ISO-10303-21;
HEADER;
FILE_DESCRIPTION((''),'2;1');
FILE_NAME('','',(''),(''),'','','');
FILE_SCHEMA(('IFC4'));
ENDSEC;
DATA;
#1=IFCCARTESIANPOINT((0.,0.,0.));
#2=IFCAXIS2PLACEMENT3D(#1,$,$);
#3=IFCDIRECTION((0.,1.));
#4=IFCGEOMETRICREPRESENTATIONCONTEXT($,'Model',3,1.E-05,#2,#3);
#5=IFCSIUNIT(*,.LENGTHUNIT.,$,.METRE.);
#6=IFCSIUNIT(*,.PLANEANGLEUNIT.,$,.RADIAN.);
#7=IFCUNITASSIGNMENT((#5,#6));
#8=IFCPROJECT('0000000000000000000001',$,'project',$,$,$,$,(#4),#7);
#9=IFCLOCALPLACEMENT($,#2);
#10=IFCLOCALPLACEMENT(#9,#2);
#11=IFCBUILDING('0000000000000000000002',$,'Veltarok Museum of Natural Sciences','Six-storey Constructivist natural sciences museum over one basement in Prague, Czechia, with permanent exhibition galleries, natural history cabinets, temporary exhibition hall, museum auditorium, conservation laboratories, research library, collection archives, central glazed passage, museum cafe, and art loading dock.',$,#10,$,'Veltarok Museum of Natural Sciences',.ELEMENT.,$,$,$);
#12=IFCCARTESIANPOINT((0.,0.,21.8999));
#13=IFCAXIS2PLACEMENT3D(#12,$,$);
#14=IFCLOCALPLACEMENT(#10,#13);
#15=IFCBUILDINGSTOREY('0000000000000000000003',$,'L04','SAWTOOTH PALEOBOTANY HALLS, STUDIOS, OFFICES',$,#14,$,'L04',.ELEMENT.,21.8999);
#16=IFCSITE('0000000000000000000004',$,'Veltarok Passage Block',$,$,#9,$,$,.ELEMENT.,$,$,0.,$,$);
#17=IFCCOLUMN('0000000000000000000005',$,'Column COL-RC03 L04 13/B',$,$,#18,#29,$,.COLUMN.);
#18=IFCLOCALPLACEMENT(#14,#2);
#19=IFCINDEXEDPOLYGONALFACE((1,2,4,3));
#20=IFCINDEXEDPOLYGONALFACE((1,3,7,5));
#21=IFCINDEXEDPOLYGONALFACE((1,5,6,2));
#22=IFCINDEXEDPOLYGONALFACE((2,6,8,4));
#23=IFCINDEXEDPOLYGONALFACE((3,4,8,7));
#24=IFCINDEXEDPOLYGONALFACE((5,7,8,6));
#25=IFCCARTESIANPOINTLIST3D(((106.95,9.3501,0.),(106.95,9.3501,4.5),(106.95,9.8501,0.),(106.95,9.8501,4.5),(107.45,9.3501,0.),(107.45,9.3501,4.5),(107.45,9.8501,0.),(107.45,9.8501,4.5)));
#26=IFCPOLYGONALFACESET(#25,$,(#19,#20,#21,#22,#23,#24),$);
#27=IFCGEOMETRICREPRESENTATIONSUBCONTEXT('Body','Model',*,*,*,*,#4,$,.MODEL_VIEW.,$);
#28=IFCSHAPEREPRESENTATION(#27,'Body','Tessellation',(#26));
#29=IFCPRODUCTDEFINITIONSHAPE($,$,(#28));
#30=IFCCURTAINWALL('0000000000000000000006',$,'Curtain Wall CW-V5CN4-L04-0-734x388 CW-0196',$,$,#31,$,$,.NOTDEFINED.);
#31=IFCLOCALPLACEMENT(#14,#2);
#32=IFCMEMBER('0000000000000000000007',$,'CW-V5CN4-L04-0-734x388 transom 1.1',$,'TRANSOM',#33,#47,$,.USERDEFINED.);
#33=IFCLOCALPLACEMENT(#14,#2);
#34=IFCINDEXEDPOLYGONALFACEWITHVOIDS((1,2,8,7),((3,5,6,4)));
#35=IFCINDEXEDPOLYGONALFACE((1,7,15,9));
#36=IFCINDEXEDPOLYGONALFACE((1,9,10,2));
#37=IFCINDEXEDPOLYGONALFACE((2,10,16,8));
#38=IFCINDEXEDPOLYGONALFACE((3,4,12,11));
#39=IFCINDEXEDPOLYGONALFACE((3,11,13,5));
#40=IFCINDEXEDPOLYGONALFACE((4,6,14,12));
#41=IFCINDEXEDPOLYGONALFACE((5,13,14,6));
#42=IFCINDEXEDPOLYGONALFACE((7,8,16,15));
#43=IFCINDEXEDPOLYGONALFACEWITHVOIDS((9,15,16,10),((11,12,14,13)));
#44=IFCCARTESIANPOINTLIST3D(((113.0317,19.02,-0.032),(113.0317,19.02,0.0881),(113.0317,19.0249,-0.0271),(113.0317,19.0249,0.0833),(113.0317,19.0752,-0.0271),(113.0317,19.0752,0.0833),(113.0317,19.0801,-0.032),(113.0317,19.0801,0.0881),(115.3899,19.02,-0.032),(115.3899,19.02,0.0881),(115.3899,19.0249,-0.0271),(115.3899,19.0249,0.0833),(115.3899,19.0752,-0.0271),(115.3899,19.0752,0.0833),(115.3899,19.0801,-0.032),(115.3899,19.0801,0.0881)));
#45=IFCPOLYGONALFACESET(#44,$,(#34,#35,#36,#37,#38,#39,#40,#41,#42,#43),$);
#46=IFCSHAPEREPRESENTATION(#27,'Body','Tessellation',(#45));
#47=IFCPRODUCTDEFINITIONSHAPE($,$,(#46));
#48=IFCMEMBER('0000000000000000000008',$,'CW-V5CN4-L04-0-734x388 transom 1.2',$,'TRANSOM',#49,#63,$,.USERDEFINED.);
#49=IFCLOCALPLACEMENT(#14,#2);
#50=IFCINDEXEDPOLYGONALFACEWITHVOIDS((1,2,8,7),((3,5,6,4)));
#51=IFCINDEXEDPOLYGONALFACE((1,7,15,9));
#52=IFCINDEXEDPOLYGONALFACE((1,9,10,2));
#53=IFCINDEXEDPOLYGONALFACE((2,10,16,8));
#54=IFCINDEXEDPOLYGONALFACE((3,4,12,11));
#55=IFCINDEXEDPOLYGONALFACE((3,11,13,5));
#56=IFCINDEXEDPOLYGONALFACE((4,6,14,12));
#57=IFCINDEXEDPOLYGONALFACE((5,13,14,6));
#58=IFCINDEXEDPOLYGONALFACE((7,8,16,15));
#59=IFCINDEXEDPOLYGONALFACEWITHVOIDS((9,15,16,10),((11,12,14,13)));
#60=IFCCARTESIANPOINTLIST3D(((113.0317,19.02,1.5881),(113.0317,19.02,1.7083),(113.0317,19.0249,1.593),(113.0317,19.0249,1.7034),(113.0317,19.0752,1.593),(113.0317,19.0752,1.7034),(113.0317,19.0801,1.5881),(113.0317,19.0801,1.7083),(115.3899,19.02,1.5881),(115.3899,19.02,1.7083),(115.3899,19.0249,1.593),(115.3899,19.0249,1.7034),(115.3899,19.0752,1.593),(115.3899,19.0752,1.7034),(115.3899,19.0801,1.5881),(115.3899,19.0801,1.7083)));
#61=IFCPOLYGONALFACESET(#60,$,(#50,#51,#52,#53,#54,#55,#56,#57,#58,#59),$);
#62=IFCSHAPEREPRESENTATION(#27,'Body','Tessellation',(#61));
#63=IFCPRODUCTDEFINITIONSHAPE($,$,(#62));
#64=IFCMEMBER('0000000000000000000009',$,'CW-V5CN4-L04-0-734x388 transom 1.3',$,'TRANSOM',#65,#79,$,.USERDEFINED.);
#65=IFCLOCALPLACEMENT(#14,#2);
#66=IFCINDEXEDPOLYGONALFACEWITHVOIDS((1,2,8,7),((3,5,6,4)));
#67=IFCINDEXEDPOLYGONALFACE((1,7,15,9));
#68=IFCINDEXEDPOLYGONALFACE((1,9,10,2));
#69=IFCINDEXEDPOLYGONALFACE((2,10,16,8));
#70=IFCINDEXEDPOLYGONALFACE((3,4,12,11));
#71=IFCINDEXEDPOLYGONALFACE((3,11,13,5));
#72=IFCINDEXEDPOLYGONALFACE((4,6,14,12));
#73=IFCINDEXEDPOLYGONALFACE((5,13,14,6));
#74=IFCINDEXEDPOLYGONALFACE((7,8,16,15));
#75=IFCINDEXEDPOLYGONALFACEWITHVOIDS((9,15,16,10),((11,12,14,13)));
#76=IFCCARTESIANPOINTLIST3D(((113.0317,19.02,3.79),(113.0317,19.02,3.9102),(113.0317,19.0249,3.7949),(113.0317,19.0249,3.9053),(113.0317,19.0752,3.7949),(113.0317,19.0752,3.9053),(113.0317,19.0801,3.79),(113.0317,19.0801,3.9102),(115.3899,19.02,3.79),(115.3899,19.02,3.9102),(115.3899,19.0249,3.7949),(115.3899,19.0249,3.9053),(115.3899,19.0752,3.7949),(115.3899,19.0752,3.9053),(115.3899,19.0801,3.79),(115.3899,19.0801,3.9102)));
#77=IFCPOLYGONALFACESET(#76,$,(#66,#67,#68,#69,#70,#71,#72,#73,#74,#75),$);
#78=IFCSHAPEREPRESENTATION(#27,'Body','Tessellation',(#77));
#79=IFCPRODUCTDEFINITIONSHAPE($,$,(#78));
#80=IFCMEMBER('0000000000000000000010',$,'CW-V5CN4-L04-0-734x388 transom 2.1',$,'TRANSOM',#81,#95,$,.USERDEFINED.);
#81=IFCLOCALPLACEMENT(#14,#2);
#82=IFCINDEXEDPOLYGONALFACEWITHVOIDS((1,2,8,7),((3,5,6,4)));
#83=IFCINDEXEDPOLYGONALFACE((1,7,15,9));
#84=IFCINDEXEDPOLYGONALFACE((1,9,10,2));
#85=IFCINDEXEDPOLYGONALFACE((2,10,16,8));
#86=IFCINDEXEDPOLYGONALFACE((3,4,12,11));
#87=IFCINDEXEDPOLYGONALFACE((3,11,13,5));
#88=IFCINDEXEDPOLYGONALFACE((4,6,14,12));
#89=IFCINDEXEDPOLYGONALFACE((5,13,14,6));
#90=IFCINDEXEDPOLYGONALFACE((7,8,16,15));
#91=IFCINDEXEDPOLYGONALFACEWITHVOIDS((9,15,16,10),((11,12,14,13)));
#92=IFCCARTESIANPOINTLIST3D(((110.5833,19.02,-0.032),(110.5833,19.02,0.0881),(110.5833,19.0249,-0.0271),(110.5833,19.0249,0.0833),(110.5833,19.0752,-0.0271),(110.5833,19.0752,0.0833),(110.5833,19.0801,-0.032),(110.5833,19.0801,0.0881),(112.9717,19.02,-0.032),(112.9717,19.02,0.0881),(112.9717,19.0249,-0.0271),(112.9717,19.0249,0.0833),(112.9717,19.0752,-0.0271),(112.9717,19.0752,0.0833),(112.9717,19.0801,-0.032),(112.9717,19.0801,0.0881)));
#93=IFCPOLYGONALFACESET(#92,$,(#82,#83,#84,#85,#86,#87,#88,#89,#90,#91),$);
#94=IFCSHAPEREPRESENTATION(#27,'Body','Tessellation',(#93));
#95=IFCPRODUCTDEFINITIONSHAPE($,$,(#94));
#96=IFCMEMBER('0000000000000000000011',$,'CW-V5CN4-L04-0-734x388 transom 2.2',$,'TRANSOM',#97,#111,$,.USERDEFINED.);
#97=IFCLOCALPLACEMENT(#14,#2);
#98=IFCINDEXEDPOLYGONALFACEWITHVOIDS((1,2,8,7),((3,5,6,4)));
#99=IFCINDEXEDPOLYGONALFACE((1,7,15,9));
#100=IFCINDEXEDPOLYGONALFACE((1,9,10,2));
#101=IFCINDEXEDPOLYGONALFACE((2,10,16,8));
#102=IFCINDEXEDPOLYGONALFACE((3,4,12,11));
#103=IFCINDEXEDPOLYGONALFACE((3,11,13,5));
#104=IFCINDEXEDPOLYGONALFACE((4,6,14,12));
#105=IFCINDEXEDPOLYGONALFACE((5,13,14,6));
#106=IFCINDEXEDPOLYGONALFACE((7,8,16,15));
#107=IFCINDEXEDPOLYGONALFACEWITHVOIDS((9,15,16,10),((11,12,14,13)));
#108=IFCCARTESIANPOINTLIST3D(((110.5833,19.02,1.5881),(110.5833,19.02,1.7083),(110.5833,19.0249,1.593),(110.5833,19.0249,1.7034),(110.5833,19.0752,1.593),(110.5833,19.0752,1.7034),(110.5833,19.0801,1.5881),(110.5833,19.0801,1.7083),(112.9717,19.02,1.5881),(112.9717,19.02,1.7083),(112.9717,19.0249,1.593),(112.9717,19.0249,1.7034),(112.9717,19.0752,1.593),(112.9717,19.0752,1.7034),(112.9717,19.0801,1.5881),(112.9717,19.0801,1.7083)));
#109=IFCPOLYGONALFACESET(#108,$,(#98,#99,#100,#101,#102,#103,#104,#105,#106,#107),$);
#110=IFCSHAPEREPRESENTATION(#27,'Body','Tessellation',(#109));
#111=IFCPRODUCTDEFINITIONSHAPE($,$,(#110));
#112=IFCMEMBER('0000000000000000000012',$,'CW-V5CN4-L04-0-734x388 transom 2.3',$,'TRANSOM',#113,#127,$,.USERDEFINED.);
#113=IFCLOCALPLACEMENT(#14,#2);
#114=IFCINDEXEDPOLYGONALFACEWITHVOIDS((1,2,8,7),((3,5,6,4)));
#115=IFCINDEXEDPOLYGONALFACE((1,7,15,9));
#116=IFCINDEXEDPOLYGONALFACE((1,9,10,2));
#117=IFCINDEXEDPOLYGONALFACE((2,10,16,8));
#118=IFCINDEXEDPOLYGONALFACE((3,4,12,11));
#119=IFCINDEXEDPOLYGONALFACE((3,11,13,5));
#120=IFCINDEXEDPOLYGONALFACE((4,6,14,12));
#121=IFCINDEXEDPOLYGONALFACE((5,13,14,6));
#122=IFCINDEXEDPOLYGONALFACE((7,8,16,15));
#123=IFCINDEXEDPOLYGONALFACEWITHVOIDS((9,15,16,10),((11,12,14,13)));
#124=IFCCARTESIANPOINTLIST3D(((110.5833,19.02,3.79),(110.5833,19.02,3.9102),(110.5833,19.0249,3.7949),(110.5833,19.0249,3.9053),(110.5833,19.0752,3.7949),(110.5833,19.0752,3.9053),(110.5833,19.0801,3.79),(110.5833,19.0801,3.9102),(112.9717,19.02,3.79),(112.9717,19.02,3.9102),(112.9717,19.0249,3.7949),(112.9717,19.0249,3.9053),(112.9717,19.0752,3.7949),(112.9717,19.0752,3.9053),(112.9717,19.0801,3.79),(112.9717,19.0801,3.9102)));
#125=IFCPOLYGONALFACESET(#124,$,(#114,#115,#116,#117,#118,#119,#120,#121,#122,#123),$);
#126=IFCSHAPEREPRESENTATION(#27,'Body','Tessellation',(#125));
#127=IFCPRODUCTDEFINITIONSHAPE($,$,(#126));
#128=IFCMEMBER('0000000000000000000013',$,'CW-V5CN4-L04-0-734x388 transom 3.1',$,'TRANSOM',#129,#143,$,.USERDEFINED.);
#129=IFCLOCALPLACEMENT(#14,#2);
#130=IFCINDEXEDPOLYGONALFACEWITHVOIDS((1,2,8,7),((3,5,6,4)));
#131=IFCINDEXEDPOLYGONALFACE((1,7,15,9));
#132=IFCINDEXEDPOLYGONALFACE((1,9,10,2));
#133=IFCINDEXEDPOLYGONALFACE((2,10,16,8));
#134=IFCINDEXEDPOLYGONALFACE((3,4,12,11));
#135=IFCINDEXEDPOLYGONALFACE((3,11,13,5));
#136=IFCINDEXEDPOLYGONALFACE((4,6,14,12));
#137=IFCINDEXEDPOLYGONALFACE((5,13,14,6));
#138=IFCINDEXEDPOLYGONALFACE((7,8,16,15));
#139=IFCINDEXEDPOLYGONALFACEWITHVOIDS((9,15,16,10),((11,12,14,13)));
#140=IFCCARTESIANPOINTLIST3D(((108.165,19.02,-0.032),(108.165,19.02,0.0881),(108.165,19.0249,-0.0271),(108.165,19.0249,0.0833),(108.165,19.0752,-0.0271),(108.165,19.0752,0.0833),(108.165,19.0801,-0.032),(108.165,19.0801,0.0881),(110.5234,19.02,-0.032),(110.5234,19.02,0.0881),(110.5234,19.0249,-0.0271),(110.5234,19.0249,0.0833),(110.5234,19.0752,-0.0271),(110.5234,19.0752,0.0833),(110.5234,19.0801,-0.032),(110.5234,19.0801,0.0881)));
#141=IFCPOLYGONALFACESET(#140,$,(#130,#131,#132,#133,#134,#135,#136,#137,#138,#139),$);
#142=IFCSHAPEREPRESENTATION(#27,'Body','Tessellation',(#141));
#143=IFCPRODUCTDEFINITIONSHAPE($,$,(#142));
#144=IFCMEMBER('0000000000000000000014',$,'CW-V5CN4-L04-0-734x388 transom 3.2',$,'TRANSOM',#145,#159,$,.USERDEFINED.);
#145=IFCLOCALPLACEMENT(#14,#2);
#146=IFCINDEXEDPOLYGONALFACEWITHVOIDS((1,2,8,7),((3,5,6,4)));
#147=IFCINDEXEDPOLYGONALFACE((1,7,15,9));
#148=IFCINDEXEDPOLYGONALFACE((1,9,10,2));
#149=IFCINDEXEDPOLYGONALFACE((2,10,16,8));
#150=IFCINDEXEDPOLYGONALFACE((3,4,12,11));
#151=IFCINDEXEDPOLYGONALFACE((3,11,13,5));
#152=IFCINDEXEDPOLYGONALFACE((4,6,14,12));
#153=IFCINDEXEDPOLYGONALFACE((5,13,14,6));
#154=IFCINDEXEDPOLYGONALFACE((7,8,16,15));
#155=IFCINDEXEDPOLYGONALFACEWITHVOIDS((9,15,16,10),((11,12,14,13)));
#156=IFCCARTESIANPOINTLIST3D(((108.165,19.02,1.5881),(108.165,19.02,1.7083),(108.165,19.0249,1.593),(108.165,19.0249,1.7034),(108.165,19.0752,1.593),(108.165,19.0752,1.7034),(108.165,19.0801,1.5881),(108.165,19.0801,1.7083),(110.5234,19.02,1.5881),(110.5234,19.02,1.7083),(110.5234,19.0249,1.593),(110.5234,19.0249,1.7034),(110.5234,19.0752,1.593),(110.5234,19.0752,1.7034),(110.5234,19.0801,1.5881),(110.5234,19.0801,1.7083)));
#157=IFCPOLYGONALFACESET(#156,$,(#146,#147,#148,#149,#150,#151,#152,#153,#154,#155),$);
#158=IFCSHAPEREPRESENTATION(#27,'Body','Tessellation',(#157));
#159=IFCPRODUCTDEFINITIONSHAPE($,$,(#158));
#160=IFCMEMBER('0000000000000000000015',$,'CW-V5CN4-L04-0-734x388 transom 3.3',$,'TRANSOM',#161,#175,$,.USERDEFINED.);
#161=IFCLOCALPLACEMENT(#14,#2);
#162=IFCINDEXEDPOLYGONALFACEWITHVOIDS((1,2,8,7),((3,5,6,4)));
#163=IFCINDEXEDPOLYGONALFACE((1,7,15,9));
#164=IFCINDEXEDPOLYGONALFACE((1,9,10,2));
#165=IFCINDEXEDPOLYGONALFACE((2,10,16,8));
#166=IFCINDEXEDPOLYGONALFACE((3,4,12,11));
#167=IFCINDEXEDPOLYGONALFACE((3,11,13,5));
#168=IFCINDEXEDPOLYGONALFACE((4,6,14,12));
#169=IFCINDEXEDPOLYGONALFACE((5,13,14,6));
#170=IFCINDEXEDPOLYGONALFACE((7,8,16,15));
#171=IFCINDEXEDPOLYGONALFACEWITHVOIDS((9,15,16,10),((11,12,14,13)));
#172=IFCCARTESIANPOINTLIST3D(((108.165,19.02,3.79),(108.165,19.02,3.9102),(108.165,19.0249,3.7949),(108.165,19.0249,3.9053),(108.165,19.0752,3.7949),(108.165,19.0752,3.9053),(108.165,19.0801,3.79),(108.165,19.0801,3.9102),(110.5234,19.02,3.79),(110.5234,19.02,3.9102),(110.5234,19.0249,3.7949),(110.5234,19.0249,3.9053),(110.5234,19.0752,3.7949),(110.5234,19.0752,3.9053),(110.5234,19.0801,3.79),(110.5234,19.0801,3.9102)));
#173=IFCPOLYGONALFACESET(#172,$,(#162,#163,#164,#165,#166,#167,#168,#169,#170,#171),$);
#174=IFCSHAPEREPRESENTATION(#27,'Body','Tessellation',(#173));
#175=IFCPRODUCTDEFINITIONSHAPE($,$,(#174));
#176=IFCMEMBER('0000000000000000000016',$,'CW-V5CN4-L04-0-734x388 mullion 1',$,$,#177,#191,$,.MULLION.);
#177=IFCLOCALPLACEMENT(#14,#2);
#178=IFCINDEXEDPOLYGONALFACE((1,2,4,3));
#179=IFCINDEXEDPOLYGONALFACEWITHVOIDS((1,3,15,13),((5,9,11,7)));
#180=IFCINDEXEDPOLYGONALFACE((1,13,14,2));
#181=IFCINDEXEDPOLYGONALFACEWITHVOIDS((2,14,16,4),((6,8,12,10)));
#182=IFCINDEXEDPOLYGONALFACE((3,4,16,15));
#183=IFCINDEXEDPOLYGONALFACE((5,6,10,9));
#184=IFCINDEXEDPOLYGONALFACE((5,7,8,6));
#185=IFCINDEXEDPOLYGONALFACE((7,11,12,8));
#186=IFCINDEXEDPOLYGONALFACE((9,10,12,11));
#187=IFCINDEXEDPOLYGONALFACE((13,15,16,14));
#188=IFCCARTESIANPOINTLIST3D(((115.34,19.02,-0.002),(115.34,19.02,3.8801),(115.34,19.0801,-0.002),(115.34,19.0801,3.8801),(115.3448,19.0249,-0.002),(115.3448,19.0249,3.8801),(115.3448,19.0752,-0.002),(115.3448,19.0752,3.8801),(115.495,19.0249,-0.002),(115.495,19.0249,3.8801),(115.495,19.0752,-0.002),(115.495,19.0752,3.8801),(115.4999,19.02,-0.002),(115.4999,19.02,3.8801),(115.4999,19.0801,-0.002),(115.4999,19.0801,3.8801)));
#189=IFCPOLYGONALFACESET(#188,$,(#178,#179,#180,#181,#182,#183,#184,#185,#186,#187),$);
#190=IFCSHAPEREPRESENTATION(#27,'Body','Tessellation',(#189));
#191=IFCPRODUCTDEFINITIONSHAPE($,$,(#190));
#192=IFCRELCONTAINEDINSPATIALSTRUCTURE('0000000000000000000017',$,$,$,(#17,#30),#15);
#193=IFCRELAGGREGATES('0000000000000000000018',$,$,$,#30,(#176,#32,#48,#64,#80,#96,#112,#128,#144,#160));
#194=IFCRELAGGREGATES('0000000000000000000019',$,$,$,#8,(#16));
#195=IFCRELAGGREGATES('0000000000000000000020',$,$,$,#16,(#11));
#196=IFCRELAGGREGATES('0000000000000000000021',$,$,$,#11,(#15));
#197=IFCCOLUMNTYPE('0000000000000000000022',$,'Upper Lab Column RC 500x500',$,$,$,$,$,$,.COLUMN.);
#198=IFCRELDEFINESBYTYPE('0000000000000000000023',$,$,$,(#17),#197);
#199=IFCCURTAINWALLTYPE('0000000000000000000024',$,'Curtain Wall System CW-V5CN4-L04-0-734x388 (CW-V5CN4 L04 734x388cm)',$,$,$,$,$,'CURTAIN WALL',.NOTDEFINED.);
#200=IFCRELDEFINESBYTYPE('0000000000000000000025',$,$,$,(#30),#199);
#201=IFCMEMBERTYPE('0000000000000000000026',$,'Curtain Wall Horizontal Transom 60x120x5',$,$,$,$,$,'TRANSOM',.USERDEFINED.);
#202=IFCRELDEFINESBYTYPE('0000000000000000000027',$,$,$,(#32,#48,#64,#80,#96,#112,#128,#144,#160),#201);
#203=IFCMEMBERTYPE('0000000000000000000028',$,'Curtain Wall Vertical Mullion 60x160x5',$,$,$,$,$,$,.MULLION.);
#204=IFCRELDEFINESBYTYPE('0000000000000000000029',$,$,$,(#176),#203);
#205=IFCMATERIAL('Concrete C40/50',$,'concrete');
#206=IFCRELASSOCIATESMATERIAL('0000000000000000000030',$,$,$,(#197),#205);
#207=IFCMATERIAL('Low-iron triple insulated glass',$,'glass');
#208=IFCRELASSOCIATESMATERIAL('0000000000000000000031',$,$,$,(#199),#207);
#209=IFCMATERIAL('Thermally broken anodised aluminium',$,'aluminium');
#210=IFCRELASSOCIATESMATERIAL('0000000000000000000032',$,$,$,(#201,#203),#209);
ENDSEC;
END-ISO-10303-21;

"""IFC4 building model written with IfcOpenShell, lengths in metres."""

from ifc_helpers import new_model, si_unit, direction, frame, origin, origin_2d, place, context, subcontext, project, spatial, rectangle, hollow_rectangle, extrude, material, material_profile, profile_set, type_object, element, aggregate, save


model = new_model("IFC4")

# Units and contexts
model_context = context("Model", 3, precision=1e-05, world=origin(), true_north=direction((0.0, 1.0)))
body_context = subcontext(model_context, "Body", "Model", "MODEL_VIEW")
ifc_project = project(units=[si_unit("LENGTHUNIT", "METRE"), si_unit("PLANEANGLEUNIT", "RADIAN")], contexts=[model_context])

# Site, building, storey
site_placement = place(None, origin())
site = spatial("IfcSite", under=ifc_project, at=site_placement, Name="Veltarok Passage Block", CompositionType="ELEMENT", RefElevation=0.0)
building_placement = place(site_placement, origin())
building = spatial("IfcBuilding", under=site, at=building_placement, Name="Veltarok Museum of Natural Sciences", Description="Six-storey Constructivist natural sciences museum over one basement in Prague, Czechia, with permanent exhibition galleries, natural history cabinets, temporary exhibition hall, museum auditorium, conservation laboratories, research library, collection archives, central glazed passage, museum cafe, and art loading dock.", LongName="Veltarok Museum of Natural Sciences", CompositionType="ELEMENT")
storey_placement = place(building_placement, frame((0.0, 0.0, 21.8999)))
storey = spatial("IfcBuildingStorey", under=building, at=storey_placement, Name="L04", Description="SAWTOOTH PALEOBOTANY HALLS, STUDIOS, OFFICES", LongName="L04", CompositionType="ELEMENT", Elevation=21.8999)

# Column
ifc_material_1 = material(Name="Concrete C40/50", Category="concrete")
ifc_material_profile_1 = material_profile(ifc_material_1, rectangle(XDim=0.5, YDim=0.5, at=origin_2d()), Name="RC 500x500")
ifc_profile_set_1 = profile_set([ifc_material_profile_1], Name="Concrete C40/50")
column_type = type_object("IfcColumnType", Name="Upper Lab Column RC 500x500", PredefinedType="COLUMN", material=ifc_profile_set_1)
column_placement = place(storey_placement, frame((107.2, 9.6001, 0.0), z_axis=(0.0, 0.0, 1.0), x_axis=(0.0, 1.0, 0.0)))
element("IfcColumn", 1, at=column_placement, inside=storey, type_object=column_type, Name="Column COL-RC03 L04 13/B", PredefinedType="COLUMN", context=body_context, shape_type="SweptSolid", body=[
    extrude(rectangle(XDim=0.5, YDim=0.5, at=origin_2d()), origin(), (0.0, 0.0, 1.0), 4.5),
])

# Curtain wall, members
ifc_material_2 = material(Name="Low-iron triple insulated glass", Category="glass")
curtain_wall_type = type_object("IfcCurtainWallType", Name="Curtain Wall System CW-V5CN4-L04-0-734x388 (CW-V5CN4 L04 734x388cm)", ElementType="CURTAIN WALL", PredefinedType="NOTDEFINED", material=ifc_material_2)
curtain_wall_placement = place(storey_placement, origin())
curtain_wall = element("IfcCurtainWall", 2, at=curtain_wall_placement, inside=storey, type_object=curtain_wall_type, Name="Curtain Wall CW-V5CN4-L04-0-734x388 CW-0196", PredefinedType="NOTDEFINED")
ifc_material_3 = material(Name="Thermally broken anodised aluminium", Category="aluminium")
ifc_material_profile_2 = material_profile(ifc_material_3, hollow_rectangle(XDim=0.0601, YDim=0.1201, WallThickness=0.0049, at=origin_2d()), Name="CW TRANSOM 60x120x5")
ifc_profile_set_2 = profile_set([ifc_material_profile_2], Name="Thermally broken anodised aluminium")
member_type_1 = type_object("IfcMemberType", Name="Curtain Wall Horizontal Transom 60x120x5", ElementType="TRANSOM", PredefinedType="USERDEFINED", material=ifc_profile_set_2)
member_1_placement = place(storey_placement, frame((115.3899, 19.05, 0.0281), z_axis=(-1.0, 0.0, 0.0), x_axis=(0.0, -1.0, 0.0)))
member_1 = element("IfcMember", 3, at=member_1_placement, type_object=member_type_1, Name="CW-V5CN4-L04-0-734x388 transom 1.1", ObjectType="TRANSOM", PredefinedType="USERDEFINED", context=body_context, shape_type="SweptSolid", body=[
    extrude(hollow_rectangle(XDim=0.0601, YDim=0.1201, WallThickness=0.0049, at=origin_2d()), origin(), (0.0, 0.0, 1.0), 2.3582),
])
member_2_placement = place(storey_placement, frame((115.3899, 19.05, 1.6482), z_axis=(-1.0, 0.0, 0.0), x_axis=(0.0, -1.0, 0.0)))
member_2 = element("IfcMember", 4, at=member_2_placement, type_object=member_type_1, Name="CW-V5CN4-L04-0-734x388 transom 1.2", ObjectType="TRANSOM", PredefinedType="USERDEFINED", context=body_context, shape_type="SweptSolid", body=[
    extrude(hollow_rectangle(XDim=0.0601, YDim=0.1201, WallThickness=0.0049, at=origin_2d()), origin(), (0.0, 0.0, 1.0), 2.3582),
])
member_3_placement = place(storey_placement, frame((115.3899, 19.05, 3.8501), z_axis=(-1.0, 0.0, 0.0), x_axis=(0.0, -1.0, 0.0)))
member_3 = element("IfcMember", 5, at=member_3_placement, type_object=member_type_1, Name="CW-V5CN4-L04-0-734x388 transom 1.3", ObjectType="TRANSOM", PredefinedType="USERDEFINED", context=body_context, shape_type="SweptSolid", body=[
    extrude(hollow_rectangle(XDim=0.0601, YDim=0.1201, WallThickness=0.0049, at=origin_2d()), origin(), (0.0, 0.0, 1.0), 2.3582),
])
member_4_placement = place(storey_placement, frame((112.9717, 19.05, 0.0281), z_axis=(-1.0, 0.0, 0.0), x_axis=(0.0, -1.0, 0.0)))
member_4 = element("IfcMember", 6, at=member_4_placement, type_object=member_type_1, Name="CW-V5CN4-L04-0-734x388 transom 2.1", ObjectType="TRANSOM", PredefinedType="USERDEFINED", context=body_context, shape_type="SweptSolid", body=[
    extrude(hollow_rectangle(XDim=0.0601, YDim=0.1201, WallThickness=0.0049, at=origin_2d()), origin(), (0.0, 0.0, 1.0), 2.3884),
])
member_5_placement = place(storey_placement, frame((112.9717, 19.05, 1.6482), z_axis=(-1.0, 0.0, 0.0), x_axis=(0.0, -1.0, 0.0)))
member_5 = element("IfcMember", 7, at=member_5_placement, type_object=member_type_1, Name="CW-V5CN4-L04-0-734x388 transom 2.2", ObjectType="TRANSOM", PredefinedType="USERDEFINED", context=body_context, shape_type="SweptSolid", body=[
    extrude(hollow_rectangle(XDim=0.0601, YDim=0.1201, WallThickness=0.0049, at=origin_2d()), origin(), (0.0, 0.0, 1.0), 2.3884),
])
member_6_placement = place(storey_placement, frame((112.9717, 19.05, 3.8501), z_axis=(-1.0, 0.0, 0.0), x_axis=(0.0, -1.0, 0.0)))
member_6 = element("IfcMember", 8, at=member_6_placement, type_object=member_type_1, Name="CW-V5CN4-L04-0-734x388 transom 2.3", ObjectType="TRANSOM", PredefinedType="USERDEFINED", context=body_context, shape_type="SweptSolid", body=[
    extrude(hollow_rectangle(XDim=0.0601, YDim=0.1201, WallThickness=0.0049, at=origin_2d()), origin(), (0.0, 0.0, 1.0), 2.3884),
])
member_7_placement = place(storey_placement, frame((110.5234, 19.05, 0.0281), z_axis=(-1.0, 0.0, 0.0), x_axis=(0.0, -1.0, 0.0)))
member_7 = element("IfcMember", 9, at=member_7_placement, type_object=member_type_1, Name="CW-V5CN4-L04-0-734x388 transom 3.1", ObjectType="TRANSOM", PredefinedType="USERDEFINED", context=body_context, shape_type="SweptSolid", body=[
    extrude(hollow_rectangle(XDim=0.0601, YDim=0.1201, WallThickness=0.0049, at=origin_2d()), origin(), (0.0, 0.0, 1.0), 2.3584),
])
member_8_placement = place(storey_placement, frame((110.5234, 19.05, 1.6482), z_axis=(-1.0, 0.0, 0.0), x_axis=(0.0, -1.0, 0.0)))
member_8 = element("IfcMember", 10, at=member_8_placement, type_object=member_type_1, Name="CW-V5CN4-L04-0-734x388 transom 3.2", ObjectType="TRANSOM", PredefinedType="USERDEFINED", context=body_context, shape_type="SweptSolid", body=[
    extrude(hollow_rectangle(XDim=0.0601, YDim=0.1201, WallThickness=0.0049, at=origin_2d()), origin(), (0.0, 0.0, 1.0), 2.3584),
])
member_9_placement = place(storey_placement, frame((110.5234, 19.05, 3.8501), z_axis=(-1.0, 0.0, 0.0), x_axis=(0.0, -1.0, 0.0)))
member_9 = element("IfcMember", 11, at=member_9_placement, type_object=member_type_1, Name="CW-V5CN4-L04-0-734x388 transom 3.3", ObjectType="TRANSOM", PredefinedType="USERDEFINED", context=body_context, shape_type="SweptSolid", body=[
    extrude(hollow_rectangle(XDim=0.0601, YDim=0.1201, WallThickness=0.0049, at=origin_2d()), origin(), (0.0, 0.0, 1.0), 2.3584),
])
ifc_material_profile_3 = material_profile(ifc_material_3, hollow_rectangle(XDim=0.0601, YDim=0.1599, WallThickness=0.0049, at=origin_2d()), Name="CW MULLION 60x160x5")
ifc_profile_set_3 = profile_set([ifc_material_profile_3], Name="Thermally broken anodised aluminium")
member_type_2 = type_object("IfcMemberType", Name="Curtain Wall Vertical Mullion 60x160x5", PredefinedType="MULLION", material=ifc_profile_set_3)
member_10_placement = place(storey_placement, frame((115.4199, 19.05, -0.002), z_axis=(0.0, 0.0, 1.0), x_axis=(0.0, -1.0, 0.0)))
member_10 = element("IfcMember", 12, at=member_10_placement, type_object=member_type_2, Name="CW-V5CN4-L04-0-734x388 mullion 1", PredefinedType="MULLION", context=body_context, shape_type="SweptSolid", body=[
    extrude(hollow_rectangle(XDim=0.0601, YDim=0.1599, WallThickness=0.0049, at=origin_2d()), origin(), (0.0, 0.0, 1.0), 3.8821),
])

aggregate(curtain_wall, [member_10, member_1, member_2, member_3, member_4, member_5, member_6, member_7, member_8, member_9])

save(model, "model.ifc")
